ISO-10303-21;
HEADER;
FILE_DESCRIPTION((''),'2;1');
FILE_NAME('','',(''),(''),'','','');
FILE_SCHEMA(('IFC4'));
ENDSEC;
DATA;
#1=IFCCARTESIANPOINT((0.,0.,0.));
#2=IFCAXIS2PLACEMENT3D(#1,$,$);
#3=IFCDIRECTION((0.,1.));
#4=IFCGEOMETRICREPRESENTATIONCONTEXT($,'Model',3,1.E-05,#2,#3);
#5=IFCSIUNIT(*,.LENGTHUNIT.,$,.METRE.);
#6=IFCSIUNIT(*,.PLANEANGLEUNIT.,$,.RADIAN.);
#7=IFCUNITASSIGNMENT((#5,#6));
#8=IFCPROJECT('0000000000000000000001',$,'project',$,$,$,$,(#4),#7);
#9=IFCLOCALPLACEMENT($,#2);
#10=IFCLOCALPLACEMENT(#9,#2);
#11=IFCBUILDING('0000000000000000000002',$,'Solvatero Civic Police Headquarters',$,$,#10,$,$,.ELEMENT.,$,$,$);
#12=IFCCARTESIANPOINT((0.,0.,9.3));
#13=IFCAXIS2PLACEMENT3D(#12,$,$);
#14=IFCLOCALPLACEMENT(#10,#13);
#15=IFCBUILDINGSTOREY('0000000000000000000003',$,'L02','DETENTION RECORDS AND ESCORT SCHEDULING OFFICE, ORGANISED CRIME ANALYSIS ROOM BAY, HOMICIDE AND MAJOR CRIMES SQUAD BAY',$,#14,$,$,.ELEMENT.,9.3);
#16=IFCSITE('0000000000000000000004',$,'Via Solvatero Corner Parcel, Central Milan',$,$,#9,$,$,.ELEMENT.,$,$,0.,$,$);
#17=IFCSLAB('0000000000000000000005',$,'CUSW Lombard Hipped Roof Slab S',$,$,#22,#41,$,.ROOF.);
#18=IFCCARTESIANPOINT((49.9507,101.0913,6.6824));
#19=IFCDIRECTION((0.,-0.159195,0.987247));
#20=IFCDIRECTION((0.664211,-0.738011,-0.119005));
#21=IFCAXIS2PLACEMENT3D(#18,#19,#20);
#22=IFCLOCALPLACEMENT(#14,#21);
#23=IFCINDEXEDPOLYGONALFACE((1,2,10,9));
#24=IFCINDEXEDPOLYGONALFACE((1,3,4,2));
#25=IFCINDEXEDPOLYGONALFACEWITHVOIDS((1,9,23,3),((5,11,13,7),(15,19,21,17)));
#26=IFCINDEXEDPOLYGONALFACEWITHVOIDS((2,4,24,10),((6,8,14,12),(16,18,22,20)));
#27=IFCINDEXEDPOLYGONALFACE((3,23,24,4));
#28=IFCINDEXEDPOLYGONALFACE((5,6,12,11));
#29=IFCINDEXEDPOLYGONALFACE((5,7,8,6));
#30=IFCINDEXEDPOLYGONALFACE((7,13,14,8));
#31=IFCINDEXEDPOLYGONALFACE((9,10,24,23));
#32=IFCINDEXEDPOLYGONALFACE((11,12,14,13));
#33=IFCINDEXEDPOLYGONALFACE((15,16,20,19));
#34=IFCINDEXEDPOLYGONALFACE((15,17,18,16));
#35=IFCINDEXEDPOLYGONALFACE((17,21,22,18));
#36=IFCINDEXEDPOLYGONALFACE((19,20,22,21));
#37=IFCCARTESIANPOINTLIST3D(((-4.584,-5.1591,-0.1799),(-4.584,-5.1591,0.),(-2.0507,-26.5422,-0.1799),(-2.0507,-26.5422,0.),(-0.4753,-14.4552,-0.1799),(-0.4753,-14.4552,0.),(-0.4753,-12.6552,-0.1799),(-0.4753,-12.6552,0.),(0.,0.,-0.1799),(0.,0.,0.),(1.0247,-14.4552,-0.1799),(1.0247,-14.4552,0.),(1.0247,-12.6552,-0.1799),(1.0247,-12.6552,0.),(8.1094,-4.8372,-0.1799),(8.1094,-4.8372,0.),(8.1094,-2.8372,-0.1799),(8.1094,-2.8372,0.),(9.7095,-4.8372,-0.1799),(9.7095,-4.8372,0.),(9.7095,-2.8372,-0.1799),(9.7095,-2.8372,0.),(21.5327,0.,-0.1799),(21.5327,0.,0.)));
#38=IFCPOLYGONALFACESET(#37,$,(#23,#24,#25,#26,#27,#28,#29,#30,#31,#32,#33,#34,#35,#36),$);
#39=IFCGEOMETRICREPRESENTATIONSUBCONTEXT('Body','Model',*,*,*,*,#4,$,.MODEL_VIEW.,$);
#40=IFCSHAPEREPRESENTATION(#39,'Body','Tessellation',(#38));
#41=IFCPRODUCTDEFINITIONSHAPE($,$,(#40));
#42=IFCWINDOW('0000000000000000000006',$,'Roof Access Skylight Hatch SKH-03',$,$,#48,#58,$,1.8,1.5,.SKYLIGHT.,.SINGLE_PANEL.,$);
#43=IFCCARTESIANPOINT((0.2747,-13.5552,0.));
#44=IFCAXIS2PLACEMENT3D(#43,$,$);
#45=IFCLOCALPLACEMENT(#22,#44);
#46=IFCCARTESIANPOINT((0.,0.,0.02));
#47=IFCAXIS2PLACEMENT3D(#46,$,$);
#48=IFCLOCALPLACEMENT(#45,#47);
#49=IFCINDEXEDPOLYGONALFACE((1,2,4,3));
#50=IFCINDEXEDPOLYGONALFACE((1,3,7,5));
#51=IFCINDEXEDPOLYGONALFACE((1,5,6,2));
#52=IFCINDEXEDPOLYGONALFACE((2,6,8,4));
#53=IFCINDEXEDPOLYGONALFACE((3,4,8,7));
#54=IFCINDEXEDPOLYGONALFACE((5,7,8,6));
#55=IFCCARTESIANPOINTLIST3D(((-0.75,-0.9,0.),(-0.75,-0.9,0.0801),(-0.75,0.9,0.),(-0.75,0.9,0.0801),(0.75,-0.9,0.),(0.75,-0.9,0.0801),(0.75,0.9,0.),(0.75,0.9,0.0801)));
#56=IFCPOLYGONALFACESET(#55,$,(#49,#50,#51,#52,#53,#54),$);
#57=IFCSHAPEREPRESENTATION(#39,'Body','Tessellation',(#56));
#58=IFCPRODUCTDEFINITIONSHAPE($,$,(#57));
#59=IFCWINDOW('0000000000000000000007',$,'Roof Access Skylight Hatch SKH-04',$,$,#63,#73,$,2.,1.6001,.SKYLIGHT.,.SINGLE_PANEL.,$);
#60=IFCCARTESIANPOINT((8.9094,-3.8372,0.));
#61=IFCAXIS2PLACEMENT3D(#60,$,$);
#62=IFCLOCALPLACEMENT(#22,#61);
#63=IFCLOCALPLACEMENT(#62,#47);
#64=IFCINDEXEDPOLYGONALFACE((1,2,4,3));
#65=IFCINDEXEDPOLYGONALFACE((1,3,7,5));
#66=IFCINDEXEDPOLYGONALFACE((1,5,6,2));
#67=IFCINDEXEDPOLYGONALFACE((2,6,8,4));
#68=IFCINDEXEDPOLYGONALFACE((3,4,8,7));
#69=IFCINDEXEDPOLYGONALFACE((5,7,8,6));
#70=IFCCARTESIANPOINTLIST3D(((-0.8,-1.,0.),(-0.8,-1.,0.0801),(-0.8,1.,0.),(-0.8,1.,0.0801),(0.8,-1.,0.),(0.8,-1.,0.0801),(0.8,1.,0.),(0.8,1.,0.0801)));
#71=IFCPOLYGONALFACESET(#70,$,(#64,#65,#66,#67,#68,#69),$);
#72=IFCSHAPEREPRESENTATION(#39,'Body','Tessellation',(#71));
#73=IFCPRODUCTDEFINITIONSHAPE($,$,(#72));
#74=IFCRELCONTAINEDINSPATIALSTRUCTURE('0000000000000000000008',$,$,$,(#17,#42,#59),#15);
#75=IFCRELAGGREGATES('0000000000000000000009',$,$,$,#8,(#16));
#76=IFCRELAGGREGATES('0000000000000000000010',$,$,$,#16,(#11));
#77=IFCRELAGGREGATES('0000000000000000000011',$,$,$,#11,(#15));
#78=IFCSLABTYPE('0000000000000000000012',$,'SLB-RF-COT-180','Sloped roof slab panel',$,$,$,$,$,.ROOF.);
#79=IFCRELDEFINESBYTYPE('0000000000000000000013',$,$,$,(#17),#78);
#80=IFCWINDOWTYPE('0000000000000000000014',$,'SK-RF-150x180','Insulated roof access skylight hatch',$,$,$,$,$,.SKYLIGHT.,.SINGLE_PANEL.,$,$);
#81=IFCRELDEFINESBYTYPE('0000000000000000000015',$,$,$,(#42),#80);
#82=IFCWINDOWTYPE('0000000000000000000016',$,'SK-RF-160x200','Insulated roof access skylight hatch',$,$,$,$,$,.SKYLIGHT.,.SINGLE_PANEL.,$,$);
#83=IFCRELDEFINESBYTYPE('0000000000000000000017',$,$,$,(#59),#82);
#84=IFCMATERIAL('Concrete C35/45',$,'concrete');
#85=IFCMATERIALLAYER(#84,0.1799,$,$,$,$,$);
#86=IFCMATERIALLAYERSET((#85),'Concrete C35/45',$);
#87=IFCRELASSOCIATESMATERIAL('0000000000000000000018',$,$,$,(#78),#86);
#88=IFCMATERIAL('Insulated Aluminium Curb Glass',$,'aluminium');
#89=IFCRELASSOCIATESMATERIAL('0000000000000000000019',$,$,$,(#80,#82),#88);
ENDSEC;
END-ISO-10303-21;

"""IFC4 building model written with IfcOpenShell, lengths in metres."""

from ifc_helpers import new_model, si_unit, direction, frame, origin, origin_2d, place, context, subcontext, project, spatial, polyline, rectangle, outline, extrude, material, layer, layer_set, type_object, element, fill, save


model = new_model("IFC4")

# Units and contexts
model_context = context("Model", 3, precision=1e-05, world=origin(), true_north=direction((0.0, 1.0)))
body_context = subcontext(model_context, "Body", "Model", "MODEL_VIEW")
ifc_project = project(units=[si_unit("LENGTHUNIT", "METRE"), si_unit("PLANEANGLEUNIT", "RADIAN")], contexts=[model_context])

# Site, building, storey
site_placement = place(None, origin())
site = spatial("IfcSite", under=ifc_project, at=site_placement, Name="Via Solvatero Corner Parcel, Central Milan", CompositionType="ELEMENT", RefElevation=0.0)
building_placement = place(site_placement, origin())
building = spatial("IfcBuilding", under=site, at=building_placement, Name="Solvatero Civic Police Headquarters", CompositionType="ELEMENT")
storey_placement = place(building_placement, frame((0.0, 0.0, 9.3)))
storey = spatial("IfcBuildingStorey", under=building, at=storey_placement, Name="L02", Description="DETENTION RECORDS AND ESCORT SCHEDULING OFFICE, ORGANISED CRIME ANALYSIS ROOM BAY, HOMICIDE AND MAJOR CRIMES SQUAD BAY", CompositionType="ELEMENT", Elevation=9.3)

# Slab, openings, windows
ifc_material_1 = material(Name="Concrete C35/45", Category="concrete")
ifc_layer_1 = layer(ifc_material_1, 0.1799)
ifc_layer_set_1 = layer_set([ifc_layer_1], Name="Concrete C35/45")
slab_type = type_object("IfcSlabType", Name="SLB-RF-COT-180", Description="Sloped roof slab panel", PredefinedType="ROOF", material=ifc_layer_set_1)
slab_1_placement = place(storey_placement, frame((49.9507, 101.0913, 6.6824), z_axis=(0.0, -0.159195, 0.987247), x_axis=(0.664211, -0.738011, -0.119005)))
slab_1 = element("IfcSlab", 1, at=slab_1_placement, inside=storey, type_object=slab_type, Name="CUSW Lombard Hipped Roof Slab S", PredefinedType="ROOF", context=body_context, shape_type="SweptSolid", body=[
    extrude(outline(polyline([(0.0, 0.0), (21.5327, 0.0), (-2.0507, -26.5422), (-4.584, -5.1591), (0.0, 0.0)])), origin(), (0.0, 0.0, -1.0), 0.1799),
])
opening_1_placement = place(slab_1_placement, frame((0.2747, -13.5552, 0.0)))
opening_1 = element("IfcOpeningElement", 2, at=opening_1_placement, cuts=slab_1, PredefinedType="OPENING", context=body_context, shape_type="SweptSolid", body=[
    extrude(rectangle(XDim=1.5, YDim=1.8, at=origin_2d()), frame((0.0, 0.0, -0.3)), (0.0, 0.0, 1.0), 0.5),
])
opening_2_placement = place(slab_1_placement, frame((8.9094, -3.8372, 0.0)))
opening_2 = element("IfcOpeningElement", 3, at=opening_2_placement, cuts=slab_1, PredefinedType="OPENING", context=body_context, shape_type="SweptSolid", body=[
    extrude(rectangle(XDim=1.6001, YDim=2.0, at=origin_2d()), frame((0.0, 0.0, -0.3)), (0.0, 0.0, 1.0), 0.5),
])
ifc_material_2 = material(Name="Insulated Aluminium Curb Glass", Category="aluminium")
window_type_1 = type_object("IfcWindowType", Name="SK-RF-150x180", Description="Insulated roof access skylight hatch", PartitioningType="SINGLE_PANEL", PredefinedType="SKYLIGHT", material=ifc_material_2)
window_1_placement = place(opening_1_placement, frame((0.0, 0.0, 0.02)))
window_1 = element("IfcWindow", 4, at=window_1_placement, inside=storey, type_object=window_type_1, Name="Roof Access Skylight Hatch SKH-03", OverallHeight=1.8, OverallWidth=1.5, PartitioningType="SINGLE_PANEL", PredefinedType="SKYLIGHT", context=body_context, shape_type="SweptSolid", body=[
    extrude(rectangle(XDim=1.5, YDim=1.8, at=origin_2d()), origin(), (0.0, 0.0, 1.0), 0.0801),
])
fill(opening_1, window_1)
window_type_2 = type_object("IfcWindowType", Name="SK-RF-160x200", Description="Insulated roof access skylight hatch", PartitioningType="SINGLE_PANEL", PredefinedType="SKYLIGHT", material=ifc_material_2)
window_2_placement = place(opening_2_placement, frame((0.0, 0.0, 0.02)))
window_2 = element("IfcWindow", 5, at=window_2_placement, inside=storey, type_object=window_type_2, Name="Roof Access Skylight Hatch SKH-04", OverallHeight=2.0, OverallWidth=1.6001, PartitioningType="SINGLE_PANEL", PredefinedType="SKYLIGHT", context=body_context, shape_type="SweptSolid", body=[
    extrude(rectangle(XDim=1.6001, YDim=2.0, at=origin_2d()), origin(), (0.0, 0.0, 1.0), 0.0801),
])
fill(opening_2, window_2)

save(model, "model.ifc")
